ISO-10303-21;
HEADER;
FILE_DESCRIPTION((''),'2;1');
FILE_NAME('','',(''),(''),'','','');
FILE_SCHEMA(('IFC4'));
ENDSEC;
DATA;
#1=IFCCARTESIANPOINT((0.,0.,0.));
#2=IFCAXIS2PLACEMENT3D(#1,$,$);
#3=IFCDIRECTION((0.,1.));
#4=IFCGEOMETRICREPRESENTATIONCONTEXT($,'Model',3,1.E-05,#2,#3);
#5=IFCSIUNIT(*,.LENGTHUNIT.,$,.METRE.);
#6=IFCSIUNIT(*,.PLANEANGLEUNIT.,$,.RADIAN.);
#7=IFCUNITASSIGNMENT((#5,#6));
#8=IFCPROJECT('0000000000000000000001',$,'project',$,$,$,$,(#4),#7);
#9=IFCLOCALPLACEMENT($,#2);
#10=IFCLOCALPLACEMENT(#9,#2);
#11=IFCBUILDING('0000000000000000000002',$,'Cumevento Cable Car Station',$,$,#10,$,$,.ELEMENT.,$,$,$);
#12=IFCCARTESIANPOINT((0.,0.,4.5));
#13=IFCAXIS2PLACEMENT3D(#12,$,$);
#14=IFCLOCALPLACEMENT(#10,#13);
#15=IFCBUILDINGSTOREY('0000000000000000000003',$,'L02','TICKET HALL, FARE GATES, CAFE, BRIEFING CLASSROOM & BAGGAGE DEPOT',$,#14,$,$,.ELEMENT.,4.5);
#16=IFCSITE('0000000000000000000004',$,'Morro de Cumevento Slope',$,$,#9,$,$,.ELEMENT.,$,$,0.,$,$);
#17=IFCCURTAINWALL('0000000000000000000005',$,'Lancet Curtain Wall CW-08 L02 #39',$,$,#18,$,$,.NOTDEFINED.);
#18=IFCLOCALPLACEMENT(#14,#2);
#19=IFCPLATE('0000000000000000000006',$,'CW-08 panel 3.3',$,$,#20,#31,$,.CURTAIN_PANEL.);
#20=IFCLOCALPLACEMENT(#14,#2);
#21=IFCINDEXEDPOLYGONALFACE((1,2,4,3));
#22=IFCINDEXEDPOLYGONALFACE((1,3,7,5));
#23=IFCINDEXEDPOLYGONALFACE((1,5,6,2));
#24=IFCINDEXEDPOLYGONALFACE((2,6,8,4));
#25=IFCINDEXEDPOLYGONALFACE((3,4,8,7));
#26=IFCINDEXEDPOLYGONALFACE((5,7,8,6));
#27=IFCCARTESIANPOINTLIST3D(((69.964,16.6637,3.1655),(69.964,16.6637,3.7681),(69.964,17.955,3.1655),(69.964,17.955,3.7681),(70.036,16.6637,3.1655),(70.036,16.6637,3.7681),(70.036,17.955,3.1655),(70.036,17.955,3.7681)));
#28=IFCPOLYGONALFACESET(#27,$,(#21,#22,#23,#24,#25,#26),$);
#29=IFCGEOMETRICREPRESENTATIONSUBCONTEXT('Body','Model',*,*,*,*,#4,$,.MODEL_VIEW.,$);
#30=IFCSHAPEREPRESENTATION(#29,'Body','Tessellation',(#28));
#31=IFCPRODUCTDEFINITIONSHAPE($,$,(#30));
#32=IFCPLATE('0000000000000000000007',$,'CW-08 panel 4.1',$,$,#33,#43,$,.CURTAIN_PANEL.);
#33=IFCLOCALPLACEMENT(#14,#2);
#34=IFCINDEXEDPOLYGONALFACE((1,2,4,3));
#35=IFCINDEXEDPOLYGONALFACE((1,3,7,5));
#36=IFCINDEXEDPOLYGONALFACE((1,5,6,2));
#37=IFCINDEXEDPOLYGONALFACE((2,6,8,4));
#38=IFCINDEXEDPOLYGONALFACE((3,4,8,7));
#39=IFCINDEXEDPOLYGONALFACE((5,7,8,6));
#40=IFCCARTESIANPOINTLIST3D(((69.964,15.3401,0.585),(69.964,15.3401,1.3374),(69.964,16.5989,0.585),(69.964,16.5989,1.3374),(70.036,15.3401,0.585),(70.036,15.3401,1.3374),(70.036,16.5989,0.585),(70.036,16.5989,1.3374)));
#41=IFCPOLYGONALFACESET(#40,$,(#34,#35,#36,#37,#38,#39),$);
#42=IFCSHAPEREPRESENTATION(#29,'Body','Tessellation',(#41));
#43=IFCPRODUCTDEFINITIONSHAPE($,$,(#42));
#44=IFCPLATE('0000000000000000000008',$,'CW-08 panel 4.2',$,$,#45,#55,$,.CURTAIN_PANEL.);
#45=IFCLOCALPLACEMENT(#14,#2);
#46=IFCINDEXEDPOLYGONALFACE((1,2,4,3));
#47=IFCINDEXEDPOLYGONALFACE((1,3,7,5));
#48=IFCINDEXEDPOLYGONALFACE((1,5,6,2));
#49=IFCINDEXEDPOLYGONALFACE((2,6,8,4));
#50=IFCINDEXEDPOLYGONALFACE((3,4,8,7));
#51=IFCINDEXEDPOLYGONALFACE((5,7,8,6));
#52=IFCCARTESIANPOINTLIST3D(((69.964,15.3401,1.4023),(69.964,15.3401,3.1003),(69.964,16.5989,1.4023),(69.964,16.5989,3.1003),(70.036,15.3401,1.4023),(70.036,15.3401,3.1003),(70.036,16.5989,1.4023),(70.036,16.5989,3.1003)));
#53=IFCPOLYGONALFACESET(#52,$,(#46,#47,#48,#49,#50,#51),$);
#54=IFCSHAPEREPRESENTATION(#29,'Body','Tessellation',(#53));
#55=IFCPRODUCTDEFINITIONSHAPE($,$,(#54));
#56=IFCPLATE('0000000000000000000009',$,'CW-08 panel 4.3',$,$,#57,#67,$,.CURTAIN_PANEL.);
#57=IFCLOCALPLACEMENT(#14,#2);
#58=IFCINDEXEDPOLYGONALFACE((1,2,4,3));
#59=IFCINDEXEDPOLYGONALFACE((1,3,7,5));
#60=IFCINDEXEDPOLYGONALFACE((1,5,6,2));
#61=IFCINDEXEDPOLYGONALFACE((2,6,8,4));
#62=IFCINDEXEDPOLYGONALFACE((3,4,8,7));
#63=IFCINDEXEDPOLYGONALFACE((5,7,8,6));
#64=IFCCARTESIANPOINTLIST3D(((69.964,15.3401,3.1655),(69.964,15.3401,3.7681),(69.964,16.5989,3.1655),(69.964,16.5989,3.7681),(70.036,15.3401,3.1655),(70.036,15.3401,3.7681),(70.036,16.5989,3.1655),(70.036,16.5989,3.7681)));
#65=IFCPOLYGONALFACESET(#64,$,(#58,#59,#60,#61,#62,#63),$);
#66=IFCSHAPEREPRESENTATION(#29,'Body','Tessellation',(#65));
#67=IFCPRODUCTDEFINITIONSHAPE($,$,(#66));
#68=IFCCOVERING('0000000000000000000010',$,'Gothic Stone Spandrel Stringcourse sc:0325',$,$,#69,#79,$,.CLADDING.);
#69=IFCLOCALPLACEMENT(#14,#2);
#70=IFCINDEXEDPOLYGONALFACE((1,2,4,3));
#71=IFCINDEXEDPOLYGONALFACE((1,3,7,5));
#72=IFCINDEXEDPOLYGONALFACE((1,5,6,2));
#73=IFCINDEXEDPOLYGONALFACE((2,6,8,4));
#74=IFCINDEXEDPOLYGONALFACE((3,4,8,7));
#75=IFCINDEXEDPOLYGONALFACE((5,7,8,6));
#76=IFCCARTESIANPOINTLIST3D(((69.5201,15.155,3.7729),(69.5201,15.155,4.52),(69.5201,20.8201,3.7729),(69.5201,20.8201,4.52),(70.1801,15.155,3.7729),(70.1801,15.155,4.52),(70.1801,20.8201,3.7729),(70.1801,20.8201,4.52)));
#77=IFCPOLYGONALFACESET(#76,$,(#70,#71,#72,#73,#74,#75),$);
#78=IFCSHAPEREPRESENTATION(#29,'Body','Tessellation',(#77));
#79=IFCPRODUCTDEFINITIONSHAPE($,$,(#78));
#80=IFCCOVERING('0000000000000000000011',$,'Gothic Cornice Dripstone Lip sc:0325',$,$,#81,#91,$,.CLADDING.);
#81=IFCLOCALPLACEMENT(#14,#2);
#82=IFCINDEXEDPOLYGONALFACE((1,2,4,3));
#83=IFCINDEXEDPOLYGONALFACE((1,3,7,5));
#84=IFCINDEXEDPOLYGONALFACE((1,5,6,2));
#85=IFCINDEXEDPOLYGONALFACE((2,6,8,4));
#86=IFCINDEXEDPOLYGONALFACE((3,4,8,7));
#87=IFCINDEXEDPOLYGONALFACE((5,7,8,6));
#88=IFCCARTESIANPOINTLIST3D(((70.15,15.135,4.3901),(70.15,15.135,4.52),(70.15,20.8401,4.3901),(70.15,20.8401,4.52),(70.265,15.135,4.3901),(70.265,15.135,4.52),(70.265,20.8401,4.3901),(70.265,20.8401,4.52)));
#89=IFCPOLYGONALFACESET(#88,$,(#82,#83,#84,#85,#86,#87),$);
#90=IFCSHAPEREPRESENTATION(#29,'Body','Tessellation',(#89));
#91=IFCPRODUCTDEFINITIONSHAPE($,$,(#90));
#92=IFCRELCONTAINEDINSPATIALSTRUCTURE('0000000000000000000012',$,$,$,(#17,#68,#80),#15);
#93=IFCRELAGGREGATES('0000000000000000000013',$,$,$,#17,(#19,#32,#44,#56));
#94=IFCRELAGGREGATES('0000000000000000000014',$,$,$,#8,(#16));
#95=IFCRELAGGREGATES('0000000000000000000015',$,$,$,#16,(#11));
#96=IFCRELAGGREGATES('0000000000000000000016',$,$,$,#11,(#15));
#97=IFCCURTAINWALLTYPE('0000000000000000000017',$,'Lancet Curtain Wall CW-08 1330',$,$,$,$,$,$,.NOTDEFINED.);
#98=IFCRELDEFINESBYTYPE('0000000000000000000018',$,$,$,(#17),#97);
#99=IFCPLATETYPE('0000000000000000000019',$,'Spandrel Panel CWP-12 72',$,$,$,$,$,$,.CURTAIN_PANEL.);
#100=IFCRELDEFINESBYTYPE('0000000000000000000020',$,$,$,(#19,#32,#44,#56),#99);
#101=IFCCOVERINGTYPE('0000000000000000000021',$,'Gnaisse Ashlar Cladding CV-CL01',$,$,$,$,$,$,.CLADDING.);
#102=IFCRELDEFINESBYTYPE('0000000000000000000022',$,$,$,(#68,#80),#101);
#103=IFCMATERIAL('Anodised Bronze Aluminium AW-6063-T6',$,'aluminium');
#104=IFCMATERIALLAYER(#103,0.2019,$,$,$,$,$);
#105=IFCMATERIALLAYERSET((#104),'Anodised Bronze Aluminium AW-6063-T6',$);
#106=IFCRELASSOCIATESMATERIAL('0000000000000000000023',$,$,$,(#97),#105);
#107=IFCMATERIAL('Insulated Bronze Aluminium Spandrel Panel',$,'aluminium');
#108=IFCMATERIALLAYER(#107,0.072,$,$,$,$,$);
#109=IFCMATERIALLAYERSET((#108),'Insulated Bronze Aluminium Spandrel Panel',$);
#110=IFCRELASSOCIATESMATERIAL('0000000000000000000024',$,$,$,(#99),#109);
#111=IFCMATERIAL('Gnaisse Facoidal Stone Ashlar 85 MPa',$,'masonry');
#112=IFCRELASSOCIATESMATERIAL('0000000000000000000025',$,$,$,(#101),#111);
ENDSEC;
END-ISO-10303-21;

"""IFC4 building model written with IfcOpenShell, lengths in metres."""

from ifc_helpers import new_model, si_unit, direction, frame, origin, origin_2d, place, context, subcontext, project, spatial, rectangle, extrude, material, layer, layer_set, type_object, element, aggregate, save


model = new_model("IFC4")

# Units and contexts
model_context = context("Model", 3, precision=1e-05, world=origin(), true_north=direction((0.0, 1.0)))
body_context = subcontext(model_context, "Body", "Model", "MODEL_VIEW")
ifc_project = project(units=[si_unit("LENGTHUNIT", "METRE"), si_unit("PLANEANGLEUNIT", "RADIAN")], contexts=[model_context])

# Site, building, storey
site_placement = place(None, origin())
site = spatial("IfcSite", under=ifc_project, at=site_placement, Name="Morro de Cumevento Slope", CompositionType="ELEMENT", RefElevation=0.0)
building_placement = place(site_placement, origin())
building = spatial("IfcBuilding", under=site, at=building_placement, Name="Cumevento Cable Car Station", CompositionType="ELEMENT")
storey_placement = place(building_placement, frame((0.0, 0.0, 4.5)))
storey = spatial("IfcBuildingStorey", under=building, at=storey_placement, Name="L02", Description="TICKET HALL, FARE GATES, CAFE, BRIEFING CLASSROOM & BAGGAGE DEPOT", CompositionType="ELEMENT", Elevation=4.5)

# Curtain wall
ifc_material_1 = material(Name="Anodised Bronze Aluminium AW-6063-T6", Category="aluminium")
ifc_layer_1 = layer(ifc_material_1, 0.2019)
ifc_layer_set_1 = layer_set([ifc_layer_1], Name="Anodised Bronze Aluminium AW-6063-T6")
curtain_wall_type = type_object("IfcCurtainWallType", Name="Lancet Curtain Wall CW-08 1330", PredefinedType="NOTDEFINED", material=ifc_layer_set_1)
curtain_wall_placement = place(storey_placement, origin())
curtain_wall = element("IfcCurtainWall", 1, at=curtain_wall_placement, inside=storey, type_object=curtain_wall_type, Name="Lancet Curtain Wall CW-08 L02 #39", PredefinedType="NOTDEFINED")

# Plates
ifc_material_2 = material(Name="Insulated Bronze Aluminium Spandrel Panel", Category="aluminium")
ifc_layer_2 = layer(ifc_material_2, 0.072)
ifc_layer_set_2 = layer_set([ifc_layer_2], Name="Insulated Bronze Aluminium Spandrel Panel")
plate_type = type_object("IfcPlateType", Name="Spandrel Panel CWP-12 72", PredefinedType="CURTAIN_PANEL", material=ifc_layer_set_2)
plate_1_placement = place(storey_placement, frame((70.0, 17.3093, 3.1655), z_axis=(0.0, 0.0, 1.0), x_axis=(0.0, -1.0, 0.0)))
plate_1 = element("IfcPlate", 2, at=plate_1_placement, type_object=plate_type, Name="CW-08 panel 3.3", PredefinedType="CURTAIN_PANEL", context=body_context, shape_type="SweptSolid", body=[
    extrude(rectangle(XDim=1.2913, YDim=0.072, at=origin_2d()), origin(), (0.0, 0.0, 1.0), 0.6025),
])
plate_2_placement = place(storey_placement, frame((70.0, 15.9695, 0.585), z_axis=(0.0, 0.0, 1.0), x_axis=(0.0, -1.0, 0.0)))
plate_2 = element("IfcPlate", 3, at=plate_2_placement, type_object=plate_type, Name="CW-08 panel 4.1", PredefinedType="CURTAIN_PANEL", context=body_context, shape_type="SweptSolid", body=[
    extrude(rectangle(XDim=1.2588, YDim=0.072, at=origin_2d()), origin(), (0.0, 0.0, 1.0), 0.7524),
])
plate_3_placement = place(storey_placement, frame((70.0, 15.9695, 1.4023), z_axis=(0.0, 0.0, 1.0), x_axis=(0.0, -1.0, 0.0)))
plate_3 = element("IfcPlate", 4, at=plate_3_placement, type_object=plate_type, Name="CW-08 panel 4.2", PredefinedType="CURTAIN_PANEL", context=body_context, shape_type="SweptSolid", body=[
    extrude(rectangle(XDim=1.2588, YDim=0.072, at=origin_2d()), origin(), (0.0, 0.0, 1.0), 1.698),
])
plate_4_placement = place(storey_placement, frame((70.0, 15.9695, 3.1655), z_axis=(0.0, 0.0, 1.0), x_axis=(0.0, -1.0, 0.0)))
plate_4 = element("IfcPlate", 5, at=plate_4_placement, type_object=plate_type, Name="CW-08 panel 4.3", PredefinedType="CURTAIN_PANEL", context=body_context, shape_type="SweptSolid", body=[
    extrude(rectangle(XDim=1.2588, YDim=0.072, at=origin_2d()), origin(), (0.0, 0.0, 1.0), 0.6025),
])
aggregate(curtain_wall, [plate_1, plate_2, plate_3, plate_4])

# Coverings
ifc_material_3 = material(Name="Gnaisse Facoidal Stone Ashlar 85 MPa", Category="masonry")
covering_type = type_object("IfcCoveringType", Name="Gnaisse Ashlar Cladding CV-CL01", PredefinedType="CLADDING", material=ifc_material_3)
covering_1_placement = place(storey_placement, frame((69.8501, 17.9875, 3.7729), z_axis=(0.0, 0.0, 1.0), x_axis=(0.0, -1.0, 0.0)))
element("IfcCovering", 6, at=covering_1_placement, inside=storey, type_object=covering_type, Name="Gothic Stone Spandrel Stringcourse sc:0325", PredefinedType="CLADDING", context=body_context, shape_type="SweptSolid", body=[
    extrude(rectangle(XDim=5.665, YDim=0.6599, at=origin_2d()), origin(), (0.0, 0.0, 1.0), 0.7471),
])
covering_2_placement = place(storey_placement, frame((70.2075, 17.9875, 4.3901), z_axis=(0.0, 0.0, 1.0), x_axis=(0.0, -1.0, 0.0)))
element("IfcCovering", 7, at=covering_2_placement, inside=storey, type_object=covering_type, Name="Gothic Cornice Dripstone Lip sc:0325", PredefinedType="CLADDING", context=body_context, shape_type="SweptSolid", body=[
    extrude(rectangle(XDim=5.7051, YDim=0.115, at=origin_2d()), origin(), (0.0, 0.0, 1.0), 0.1299),
])

save(model, "model.ifc")
